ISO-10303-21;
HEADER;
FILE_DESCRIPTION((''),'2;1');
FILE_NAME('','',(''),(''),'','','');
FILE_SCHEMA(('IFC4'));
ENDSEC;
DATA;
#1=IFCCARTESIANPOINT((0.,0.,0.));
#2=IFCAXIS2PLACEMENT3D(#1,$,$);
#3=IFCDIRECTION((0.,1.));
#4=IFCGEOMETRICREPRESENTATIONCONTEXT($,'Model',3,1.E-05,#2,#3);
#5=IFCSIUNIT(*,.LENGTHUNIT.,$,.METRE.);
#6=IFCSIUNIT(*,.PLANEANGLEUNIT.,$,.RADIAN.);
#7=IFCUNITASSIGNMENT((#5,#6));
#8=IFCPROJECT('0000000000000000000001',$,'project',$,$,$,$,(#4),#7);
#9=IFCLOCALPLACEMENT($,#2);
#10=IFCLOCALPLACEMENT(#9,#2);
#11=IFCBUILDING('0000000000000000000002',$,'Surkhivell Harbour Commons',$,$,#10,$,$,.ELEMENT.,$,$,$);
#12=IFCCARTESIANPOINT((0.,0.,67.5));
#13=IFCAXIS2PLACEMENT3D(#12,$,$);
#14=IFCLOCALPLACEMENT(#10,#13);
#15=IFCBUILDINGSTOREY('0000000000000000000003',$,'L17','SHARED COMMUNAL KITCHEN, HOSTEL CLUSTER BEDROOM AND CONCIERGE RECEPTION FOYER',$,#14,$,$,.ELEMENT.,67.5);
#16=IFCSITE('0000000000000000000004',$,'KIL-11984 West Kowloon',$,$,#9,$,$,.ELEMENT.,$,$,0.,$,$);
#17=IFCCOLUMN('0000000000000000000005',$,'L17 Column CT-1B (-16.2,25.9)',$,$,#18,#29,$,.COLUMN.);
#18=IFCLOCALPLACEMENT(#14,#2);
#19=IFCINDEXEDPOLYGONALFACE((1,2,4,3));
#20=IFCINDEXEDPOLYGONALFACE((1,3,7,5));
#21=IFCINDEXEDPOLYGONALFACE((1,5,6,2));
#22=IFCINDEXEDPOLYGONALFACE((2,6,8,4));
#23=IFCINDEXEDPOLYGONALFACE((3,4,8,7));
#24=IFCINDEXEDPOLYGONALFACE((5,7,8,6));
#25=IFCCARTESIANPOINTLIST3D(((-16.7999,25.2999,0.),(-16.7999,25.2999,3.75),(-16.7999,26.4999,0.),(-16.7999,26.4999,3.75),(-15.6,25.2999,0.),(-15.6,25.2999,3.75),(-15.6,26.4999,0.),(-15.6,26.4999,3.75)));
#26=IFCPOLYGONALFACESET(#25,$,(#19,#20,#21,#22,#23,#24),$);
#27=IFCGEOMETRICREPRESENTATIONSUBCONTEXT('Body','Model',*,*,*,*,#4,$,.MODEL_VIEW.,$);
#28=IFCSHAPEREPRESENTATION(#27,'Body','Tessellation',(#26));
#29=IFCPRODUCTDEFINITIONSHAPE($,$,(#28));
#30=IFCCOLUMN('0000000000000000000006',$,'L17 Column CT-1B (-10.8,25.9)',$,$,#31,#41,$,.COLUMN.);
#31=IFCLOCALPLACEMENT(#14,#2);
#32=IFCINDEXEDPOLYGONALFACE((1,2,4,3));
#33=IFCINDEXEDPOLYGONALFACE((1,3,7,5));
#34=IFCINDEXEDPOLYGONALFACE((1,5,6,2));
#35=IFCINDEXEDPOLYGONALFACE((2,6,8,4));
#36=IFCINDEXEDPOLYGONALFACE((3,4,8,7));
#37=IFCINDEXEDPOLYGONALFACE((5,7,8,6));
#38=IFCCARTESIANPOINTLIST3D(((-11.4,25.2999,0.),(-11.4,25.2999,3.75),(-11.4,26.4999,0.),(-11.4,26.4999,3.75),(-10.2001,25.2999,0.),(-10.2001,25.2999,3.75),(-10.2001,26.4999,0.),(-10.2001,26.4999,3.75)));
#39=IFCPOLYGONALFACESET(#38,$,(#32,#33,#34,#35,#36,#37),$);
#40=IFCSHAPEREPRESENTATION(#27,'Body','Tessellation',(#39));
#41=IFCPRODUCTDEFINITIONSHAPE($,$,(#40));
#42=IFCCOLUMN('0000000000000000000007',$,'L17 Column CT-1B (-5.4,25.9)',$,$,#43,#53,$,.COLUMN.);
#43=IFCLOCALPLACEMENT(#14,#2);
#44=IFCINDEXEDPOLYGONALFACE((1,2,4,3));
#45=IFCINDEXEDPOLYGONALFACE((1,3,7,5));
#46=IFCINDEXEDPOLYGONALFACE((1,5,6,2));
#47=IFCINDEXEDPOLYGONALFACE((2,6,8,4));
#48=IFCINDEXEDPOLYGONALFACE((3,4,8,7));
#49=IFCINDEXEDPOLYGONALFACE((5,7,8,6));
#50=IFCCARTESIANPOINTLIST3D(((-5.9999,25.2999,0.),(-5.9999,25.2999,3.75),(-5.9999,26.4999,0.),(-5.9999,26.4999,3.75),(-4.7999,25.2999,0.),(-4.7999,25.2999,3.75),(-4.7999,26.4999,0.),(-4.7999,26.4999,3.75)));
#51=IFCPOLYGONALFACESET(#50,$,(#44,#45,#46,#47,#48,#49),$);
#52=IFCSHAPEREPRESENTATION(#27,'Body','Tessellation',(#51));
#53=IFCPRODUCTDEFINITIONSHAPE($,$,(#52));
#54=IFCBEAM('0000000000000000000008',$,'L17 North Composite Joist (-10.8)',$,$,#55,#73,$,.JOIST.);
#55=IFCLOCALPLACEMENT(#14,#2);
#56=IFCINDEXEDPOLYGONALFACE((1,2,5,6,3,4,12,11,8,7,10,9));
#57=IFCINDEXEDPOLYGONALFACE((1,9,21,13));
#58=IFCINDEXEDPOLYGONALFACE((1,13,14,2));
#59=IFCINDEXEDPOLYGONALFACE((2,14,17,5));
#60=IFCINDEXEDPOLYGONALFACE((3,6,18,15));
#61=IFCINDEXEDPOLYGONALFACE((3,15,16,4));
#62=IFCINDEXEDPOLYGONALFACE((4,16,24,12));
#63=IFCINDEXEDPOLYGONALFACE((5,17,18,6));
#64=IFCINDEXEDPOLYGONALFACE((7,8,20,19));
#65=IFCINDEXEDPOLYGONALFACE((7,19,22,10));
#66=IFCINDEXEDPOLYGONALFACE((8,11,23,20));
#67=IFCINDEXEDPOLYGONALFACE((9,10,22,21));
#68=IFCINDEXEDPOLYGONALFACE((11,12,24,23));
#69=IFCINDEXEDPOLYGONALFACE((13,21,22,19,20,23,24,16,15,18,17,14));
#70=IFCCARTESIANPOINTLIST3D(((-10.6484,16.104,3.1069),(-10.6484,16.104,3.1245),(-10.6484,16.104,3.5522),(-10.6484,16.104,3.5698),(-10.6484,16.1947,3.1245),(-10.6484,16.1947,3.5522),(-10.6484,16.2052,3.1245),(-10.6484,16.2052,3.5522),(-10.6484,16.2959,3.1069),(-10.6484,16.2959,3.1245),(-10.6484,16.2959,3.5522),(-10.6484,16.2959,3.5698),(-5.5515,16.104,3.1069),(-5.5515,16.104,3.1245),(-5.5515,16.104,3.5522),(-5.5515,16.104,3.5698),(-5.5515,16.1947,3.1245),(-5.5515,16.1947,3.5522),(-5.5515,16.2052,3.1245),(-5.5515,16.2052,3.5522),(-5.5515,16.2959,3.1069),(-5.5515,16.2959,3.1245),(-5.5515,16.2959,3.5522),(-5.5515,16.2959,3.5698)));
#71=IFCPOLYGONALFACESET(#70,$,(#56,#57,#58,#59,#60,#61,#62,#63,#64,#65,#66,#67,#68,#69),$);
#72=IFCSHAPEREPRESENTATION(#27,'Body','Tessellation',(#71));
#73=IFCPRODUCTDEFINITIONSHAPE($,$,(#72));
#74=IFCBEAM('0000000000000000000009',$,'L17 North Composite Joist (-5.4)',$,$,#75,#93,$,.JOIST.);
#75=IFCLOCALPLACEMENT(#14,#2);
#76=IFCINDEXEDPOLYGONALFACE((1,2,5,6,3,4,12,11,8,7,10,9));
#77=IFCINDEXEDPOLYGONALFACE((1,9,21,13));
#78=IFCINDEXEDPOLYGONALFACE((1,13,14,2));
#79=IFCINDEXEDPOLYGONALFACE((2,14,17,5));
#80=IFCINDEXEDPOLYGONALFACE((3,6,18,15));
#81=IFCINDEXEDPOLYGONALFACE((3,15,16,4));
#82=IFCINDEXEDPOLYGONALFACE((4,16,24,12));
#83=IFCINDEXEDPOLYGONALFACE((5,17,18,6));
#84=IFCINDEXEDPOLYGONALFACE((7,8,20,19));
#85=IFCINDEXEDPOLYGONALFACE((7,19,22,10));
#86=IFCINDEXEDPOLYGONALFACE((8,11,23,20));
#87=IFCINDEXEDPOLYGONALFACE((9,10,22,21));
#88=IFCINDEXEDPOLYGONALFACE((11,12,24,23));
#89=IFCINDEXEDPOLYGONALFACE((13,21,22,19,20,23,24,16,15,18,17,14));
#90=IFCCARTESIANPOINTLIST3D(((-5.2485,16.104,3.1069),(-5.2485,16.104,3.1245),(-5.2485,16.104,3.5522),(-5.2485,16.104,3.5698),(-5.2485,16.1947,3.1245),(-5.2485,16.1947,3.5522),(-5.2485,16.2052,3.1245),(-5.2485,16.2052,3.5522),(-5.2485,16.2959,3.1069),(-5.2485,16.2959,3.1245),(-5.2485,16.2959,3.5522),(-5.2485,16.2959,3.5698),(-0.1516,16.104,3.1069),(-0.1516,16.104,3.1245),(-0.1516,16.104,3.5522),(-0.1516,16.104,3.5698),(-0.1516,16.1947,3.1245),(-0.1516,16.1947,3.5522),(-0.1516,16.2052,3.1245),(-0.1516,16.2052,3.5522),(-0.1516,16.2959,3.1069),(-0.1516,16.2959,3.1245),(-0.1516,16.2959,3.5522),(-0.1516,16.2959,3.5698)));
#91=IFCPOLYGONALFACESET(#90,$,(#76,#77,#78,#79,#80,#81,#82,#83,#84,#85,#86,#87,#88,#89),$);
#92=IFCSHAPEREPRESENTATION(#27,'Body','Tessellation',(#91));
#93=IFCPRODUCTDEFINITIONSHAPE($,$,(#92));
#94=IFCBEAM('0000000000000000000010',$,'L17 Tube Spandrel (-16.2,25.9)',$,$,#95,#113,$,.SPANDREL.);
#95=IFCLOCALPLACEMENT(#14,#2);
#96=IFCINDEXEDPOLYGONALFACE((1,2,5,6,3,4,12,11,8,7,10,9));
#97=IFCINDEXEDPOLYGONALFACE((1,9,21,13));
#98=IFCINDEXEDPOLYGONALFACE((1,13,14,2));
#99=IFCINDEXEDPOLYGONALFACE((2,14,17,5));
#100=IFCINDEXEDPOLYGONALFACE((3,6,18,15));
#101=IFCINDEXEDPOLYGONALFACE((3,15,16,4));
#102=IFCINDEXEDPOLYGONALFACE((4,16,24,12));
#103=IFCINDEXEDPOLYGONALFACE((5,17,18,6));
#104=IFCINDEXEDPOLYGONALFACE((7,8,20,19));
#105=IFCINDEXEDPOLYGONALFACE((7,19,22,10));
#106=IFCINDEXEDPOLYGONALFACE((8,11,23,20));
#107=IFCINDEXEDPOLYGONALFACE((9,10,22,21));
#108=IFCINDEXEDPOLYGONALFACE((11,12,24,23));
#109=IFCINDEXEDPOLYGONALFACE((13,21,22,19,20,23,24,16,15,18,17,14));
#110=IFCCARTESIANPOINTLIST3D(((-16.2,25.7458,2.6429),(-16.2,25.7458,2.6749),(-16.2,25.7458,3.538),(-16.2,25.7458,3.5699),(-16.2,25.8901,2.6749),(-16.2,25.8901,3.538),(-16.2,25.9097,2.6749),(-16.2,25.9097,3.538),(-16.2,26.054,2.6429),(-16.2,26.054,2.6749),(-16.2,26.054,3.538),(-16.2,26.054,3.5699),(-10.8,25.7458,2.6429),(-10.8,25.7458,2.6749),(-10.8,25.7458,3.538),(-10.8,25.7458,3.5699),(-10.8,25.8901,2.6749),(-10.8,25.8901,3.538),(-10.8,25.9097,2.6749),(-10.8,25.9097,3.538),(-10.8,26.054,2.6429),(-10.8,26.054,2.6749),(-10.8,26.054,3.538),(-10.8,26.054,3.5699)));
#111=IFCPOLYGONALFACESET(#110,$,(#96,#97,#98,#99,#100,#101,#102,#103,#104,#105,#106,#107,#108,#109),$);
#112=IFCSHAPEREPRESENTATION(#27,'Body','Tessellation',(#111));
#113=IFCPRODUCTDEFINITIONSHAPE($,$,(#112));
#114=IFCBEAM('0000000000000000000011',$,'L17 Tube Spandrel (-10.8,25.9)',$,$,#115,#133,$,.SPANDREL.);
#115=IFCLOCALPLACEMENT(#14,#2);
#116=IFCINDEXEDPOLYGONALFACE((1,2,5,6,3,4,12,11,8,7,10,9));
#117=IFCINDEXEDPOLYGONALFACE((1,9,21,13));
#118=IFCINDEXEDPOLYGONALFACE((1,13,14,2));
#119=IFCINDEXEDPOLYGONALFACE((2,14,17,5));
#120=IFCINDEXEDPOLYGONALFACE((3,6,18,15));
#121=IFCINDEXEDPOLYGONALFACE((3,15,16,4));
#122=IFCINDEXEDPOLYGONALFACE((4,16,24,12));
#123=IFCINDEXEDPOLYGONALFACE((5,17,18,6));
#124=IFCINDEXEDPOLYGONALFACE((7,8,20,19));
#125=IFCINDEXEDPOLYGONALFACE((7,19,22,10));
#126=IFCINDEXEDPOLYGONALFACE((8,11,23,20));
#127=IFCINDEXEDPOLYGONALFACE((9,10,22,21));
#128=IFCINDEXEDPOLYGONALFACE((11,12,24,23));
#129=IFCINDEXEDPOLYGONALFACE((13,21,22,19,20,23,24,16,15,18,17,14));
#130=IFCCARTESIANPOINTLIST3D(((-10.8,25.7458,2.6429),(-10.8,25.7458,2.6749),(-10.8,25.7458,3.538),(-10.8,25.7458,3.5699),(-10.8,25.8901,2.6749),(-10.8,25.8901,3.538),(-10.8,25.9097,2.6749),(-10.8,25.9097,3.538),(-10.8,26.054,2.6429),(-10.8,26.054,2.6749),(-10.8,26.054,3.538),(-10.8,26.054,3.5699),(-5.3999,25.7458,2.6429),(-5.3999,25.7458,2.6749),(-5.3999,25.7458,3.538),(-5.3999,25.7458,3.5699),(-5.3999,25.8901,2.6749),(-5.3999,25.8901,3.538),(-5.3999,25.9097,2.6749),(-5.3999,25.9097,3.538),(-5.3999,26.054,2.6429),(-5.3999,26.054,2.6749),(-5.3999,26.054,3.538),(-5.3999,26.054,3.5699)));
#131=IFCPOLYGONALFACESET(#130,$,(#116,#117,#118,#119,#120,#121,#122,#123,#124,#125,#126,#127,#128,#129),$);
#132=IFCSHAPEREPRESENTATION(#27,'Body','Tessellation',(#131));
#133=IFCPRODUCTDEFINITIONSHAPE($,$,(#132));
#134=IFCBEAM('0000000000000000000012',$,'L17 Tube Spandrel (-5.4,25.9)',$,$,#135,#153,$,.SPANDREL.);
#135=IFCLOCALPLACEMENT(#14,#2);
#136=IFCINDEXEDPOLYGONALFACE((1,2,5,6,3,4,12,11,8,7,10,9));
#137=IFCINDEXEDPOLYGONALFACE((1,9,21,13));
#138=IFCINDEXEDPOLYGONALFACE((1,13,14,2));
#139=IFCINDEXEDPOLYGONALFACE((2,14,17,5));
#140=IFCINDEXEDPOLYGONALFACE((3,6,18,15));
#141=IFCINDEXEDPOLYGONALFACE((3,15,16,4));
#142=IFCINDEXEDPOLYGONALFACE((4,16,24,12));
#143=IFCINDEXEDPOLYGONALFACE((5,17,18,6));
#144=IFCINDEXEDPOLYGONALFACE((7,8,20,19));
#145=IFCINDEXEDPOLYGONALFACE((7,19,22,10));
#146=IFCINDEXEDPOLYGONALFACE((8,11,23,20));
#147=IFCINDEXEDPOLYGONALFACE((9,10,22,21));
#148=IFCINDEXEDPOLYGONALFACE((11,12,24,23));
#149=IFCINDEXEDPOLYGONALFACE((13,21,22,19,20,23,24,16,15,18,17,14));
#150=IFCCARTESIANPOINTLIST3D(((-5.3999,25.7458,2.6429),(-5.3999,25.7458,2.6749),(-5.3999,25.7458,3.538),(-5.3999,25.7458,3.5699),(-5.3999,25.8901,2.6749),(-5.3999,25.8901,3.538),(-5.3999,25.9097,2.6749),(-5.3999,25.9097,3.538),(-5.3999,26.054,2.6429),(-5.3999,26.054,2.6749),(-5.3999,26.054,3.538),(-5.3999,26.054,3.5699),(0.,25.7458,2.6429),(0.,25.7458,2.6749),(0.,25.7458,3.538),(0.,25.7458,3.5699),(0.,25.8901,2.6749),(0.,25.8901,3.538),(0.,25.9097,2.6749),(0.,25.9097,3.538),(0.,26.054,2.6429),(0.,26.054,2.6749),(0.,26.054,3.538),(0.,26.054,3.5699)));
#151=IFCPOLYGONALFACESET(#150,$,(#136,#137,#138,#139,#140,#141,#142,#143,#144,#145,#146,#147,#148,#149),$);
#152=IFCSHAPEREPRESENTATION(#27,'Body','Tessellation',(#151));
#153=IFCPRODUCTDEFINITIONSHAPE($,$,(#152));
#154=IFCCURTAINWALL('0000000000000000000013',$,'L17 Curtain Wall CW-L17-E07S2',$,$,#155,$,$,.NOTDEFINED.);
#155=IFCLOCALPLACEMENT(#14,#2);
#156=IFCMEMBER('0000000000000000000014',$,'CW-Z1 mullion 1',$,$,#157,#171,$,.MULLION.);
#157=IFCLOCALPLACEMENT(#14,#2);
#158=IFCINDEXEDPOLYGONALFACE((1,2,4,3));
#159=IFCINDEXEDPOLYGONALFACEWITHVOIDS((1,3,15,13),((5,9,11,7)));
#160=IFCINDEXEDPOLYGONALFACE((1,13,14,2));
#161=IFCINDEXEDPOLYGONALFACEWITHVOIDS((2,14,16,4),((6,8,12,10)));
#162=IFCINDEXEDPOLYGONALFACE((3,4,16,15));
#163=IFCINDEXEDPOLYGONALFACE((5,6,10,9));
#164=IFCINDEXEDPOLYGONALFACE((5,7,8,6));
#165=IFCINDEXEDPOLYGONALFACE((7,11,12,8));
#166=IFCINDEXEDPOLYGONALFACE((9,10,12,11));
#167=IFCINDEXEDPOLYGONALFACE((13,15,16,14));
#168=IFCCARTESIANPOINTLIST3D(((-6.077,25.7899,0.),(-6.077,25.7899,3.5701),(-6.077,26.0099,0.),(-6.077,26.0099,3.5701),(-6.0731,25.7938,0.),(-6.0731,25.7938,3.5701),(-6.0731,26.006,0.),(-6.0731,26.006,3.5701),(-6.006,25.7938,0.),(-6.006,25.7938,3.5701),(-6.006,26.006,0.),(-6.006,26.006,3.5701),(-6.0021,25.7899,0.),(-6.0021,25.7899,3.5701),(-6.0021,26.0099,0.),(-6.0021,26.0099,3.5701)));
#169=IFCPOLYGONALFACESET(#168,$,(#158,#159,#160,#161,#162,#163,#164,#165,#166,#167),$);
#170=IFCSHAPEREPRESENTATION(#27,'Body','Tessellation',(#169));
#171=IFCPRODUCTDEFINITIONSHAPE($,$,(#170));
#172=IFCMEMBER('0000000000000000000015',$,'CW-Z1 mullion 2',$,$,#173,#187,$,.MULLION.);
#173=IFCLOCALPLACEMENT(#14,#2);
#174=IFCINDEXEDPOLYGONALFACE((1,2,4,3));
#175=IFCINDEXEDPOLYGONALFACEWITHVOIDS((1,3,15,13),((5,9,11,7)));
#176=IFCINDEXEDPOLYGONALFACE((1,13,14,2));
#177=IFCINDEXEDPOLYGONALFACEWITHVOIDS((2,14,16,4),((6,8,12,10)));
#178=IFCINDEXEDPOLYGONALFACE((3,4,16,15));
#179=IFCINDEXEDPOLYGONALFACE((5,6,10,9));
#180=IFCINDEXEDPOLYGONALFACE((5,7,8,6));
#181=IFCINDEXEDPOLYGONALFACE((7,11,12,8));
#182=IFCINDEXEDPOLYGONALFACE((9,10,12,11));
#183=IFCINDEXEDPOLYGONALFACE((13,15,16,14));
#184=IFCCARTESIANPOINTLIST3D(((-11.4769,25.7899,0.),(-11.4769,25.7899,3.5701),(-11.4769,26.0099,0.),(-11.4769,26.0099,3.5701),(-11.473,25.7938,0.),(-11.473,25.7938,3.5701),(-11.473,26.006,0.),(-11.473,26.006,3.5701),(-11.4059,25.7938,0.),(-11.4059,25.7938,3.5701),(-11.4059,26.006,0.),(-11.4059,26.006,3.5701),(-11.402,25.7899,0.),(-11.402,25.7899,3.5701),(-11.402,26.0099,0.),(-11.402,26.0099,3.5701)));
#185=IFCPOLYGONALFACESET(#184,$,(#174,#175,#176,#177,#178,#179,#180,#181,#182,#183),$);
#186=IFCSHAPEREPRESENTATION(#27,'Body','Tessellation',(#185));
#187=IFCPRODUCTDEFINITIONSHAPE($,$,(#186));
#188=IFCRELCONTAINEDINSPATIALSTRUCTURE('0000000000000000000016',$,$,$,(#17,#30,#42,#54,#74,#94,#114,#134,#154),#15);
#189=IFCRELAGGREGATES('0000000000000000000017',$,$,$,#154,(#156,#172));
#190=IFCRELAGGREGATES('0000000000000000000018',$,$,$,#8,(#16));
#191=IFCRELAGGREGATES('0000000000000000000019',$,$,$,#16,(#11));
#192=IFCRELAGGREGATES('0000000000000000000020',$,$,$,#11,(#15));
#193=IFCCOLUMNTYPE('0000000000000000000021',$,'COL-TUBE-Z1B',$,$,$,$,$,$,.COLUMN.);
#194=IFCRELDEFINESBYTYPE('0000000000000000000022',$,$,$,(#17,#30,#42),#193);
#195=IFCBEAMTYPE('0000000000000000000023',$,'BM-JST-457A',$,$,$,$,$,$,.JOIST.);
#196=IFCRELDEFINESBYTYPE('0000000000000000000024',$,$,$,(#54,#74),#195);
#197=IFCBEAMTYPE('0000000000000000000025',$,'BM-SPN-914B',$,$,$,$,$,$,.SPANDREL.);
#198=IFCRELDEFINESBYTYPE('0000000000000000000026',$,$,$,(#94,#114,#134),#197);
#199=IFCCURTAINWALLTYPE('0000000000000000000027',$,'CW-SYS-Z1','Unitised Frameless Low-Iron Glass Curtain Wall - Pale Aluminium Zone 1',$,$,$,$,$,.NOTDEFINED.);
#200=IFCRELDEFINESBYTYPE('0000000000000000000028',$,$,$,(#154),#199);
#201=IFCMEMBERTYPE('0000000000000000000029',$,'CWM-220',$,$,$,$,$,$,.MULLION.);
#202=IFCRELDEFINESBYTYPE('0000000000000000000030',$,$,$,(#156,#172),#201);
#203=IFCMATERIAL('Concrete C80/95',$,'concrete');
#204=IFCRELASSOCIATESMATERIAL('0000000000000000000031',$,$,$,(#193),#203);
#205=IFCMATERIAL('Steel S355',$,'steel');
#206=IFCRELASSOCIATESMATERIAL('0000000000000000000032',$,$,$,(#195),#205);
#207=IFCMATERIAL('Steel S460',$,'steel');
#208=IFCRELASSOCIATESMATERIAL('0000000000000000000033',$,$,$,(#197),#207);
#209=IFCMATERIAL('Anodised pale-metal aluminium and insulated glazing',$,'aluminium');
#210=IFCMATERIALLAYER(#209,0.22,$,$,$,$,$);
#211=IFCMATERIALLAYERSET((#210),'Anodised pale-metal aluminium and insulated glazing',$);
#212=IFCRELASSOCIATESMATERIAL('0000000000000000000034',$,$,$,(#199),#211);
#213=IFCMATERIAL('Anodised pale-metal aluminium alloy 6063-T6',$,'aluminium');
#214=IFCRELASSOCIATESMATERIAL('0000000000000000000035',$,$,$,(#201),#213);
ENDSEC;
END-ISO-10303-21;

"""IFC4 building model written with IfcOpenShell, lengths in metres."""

from ifc_helpers import new_model, si_unit, direction, frame, origin, origin_2d, place, context, subcontext, project, spatial, rectangle, hollow_rectangle, i_section, extrude, material, layer, layer_set, material_profile, profile_set, type_object, element, aggregate, save


model = new_model("IFC4")

# Units and contexts
model_context = context("Model", 3, precision=1e-05, world=origin(), true_north=direction((0.0, 1.0)))
body_context = subcontext(model_context, "Body", "Model", "MODEL_VIEW")
ifc_project = project(units=[si_unit("LENGTHUNIT", "METRE"), si_unit("PLANEANGLEUNIT", "RADIAN")], contexts=[model_context])

# Site, building, storey
site_placement = place(None, origin())
site = spatial("IfcSite", under=ifc_project, at=site_placement, Name="KIL-11984 West Kowloon", CompositionType="ELEMENT", RefElevation=0.0)
building_placement = place(site_placement, origin())
building = spatial("IfcBuilding", under=site, at=building_placement, Name="Surkhivell Harbour Commons", CompositionType="ELEMENT")
storey_placement = place(building_placement, frame((0.0, 0.0, 67.5)))
storey = spatial("IfcBuildingStorey", under=building, at=storey_placement, Name="L17", Description="SHARED COMMUNAL KITCHEN, HOSTEL CLUSTER BEDROOM AND CONCIERGE RECEPTION FOYER", CompositionType="ELEMENT", Elevation=67.5)

# Columns
ifc_material_1 = material(Name="Concrete C80/95", Category="concrete")
ifc_material_profile_1 = material_profile(ifc_material_1, rectangle(XDim=1.2, YDim=1.2, at=origin_2d()), Name="RC-COL-1200x1200")
ifc_profile_set_1 = profile_set([ifc_material_profile_1], Name="Concrete C80/95")
column_type = type_object("IfcColumnType", Name="COL-TUBE-Z1B", PredefinedType="COLUMN", material=ifc_profile_set_1)
for number, where, z_axis, x_axis, name in (
    (1, (-16.2, 25.8999, 0.0), (0.0, 0.0, 1.0), (1.0, 0.0, 0.0), "L17 Column CT-1B (-16.2,25.9)"),
    (2, (-10.8, 25.8999, 0.0), (0.0, 0.0, 1.0), (1.0, 0.0, 0.0), "L17 Column CT-1B (-10.8,25.9)"),
    (3, (-5.3999, 25.8999, 0.0), (0.0, 0.0, 1.0), (1.0, 0.0, 0.0), "L17 Column CT-1B (-5.4,25.9)"),
):
    element("IfcColumn", number, at=place(storey_placement, frame(where, z_axis=z_axis, x_axis=x_axis)), inside=storey, type_object=column_type, Name=name, PredefinedType="COLUMN", context=body_context, shape_type="SweptSolid", body=[
        extrude(rectangle(XDim=1.2, YDim=1.2, at=origin_2d()), origin(), (0.0, 0.0, 1.0), 3.75),
    ])

# Beams
ifc_material_2 = material(Name="Steel S355", Category="steel")
ifc_material_profile_2 = material_profile(ifc_material_2, i_section(OverallWidth=0.1919, OverallDepth=0.4629, WebThickness=0.0105, FlangeThickness=0.0176, at=origin_2d()), Name="UB457x191x89")
ifc_profile_set_2 = profile_set([ifc_material_profile_2], Name="Steel S355")
beam_type_1 = type_object("IfcBeamType", Name="BM-JST-457A", PredefinedType="JOIST", material=ifc_profile_set_2)
for number, where, z_axis, x_axis, name in (
    (4, (-10.6484, 16.2, 3.3384), (1.0, 0.0, 0.0), (0.0, 1.0, 0.0), "L17 North Composite Joist (-10.8)"),
    (5, (-5.2485, 16.2, 3.3384), (1.0, 0.0, 0.0), (0.0, 1.0, 0.0), "L17 North Composite Joist (-5.4)"),
):
    element("IfcBeam", number, at=place(storey_placement, frame(where, z_axis=z_axis, x_axis=x_axis)), inside=storey, type_object=beam_type_1, Name=name, PredefinedType="JOIST", context=body_context, shape_type="SweptSolid", body=[
        extrude(i_section(OverallWidth=0.1919, OverallDepth=0.4629, WebThickness=0.0105, FlangeThickness=0.0176, at=origin_2d()), origin(), (0.0, 0.0, 1.0), 5.0969),
    ])
ifc_material_3 = material(Name="Steel S460", Category="steel")
ifc_material_profile_3 = material_profile(ifc_material_3, i_section(OverallWidth=0.3081, OverallDepth=0.927, WebThickness=0.0195, FlangeThickness=0.032, at=origin_2d()), Name="UB914x305x289")
ifc_profile_set_3 = profile_set([ifc_material_profile_3], Name="Steel S460")
beam_type_2 = type_object("IfcBeamType", Name="BM-SPN-914B", PredefinedType="SPANDREL", material=ifc_profile_set_3)
beam_1_placement = place(storey_placement, frame((-16.2, 25.8999, 3.1064), z_axis=(1.0, 0.0, 0.0), x_axis=(0.0, 1.0, 0.0)))
element("IfcBeam", 6, at=beam_1_placement, inside=storey, type_object=beam_type_2, Name="L17 Tube Spandrel (-16.2,25.9)", PredefinedType="SPANDREL", context=body_context, shape_type="SweptSolid", body=[
    extrude(i_section(OverallWidth=0.3081, OverallDepth=0.927, WebThickness=0.0195, FlangeThickness=0.032, at=origin_2d()), origin(), (0.0, 0.0, 1.0), 5.3999),
])
beam_2_placement = place(storey_placement, frame((-10.8, 25.8999, 3.1064), z_axis=(1.0, 0.0, 0.0), x_axis=(0.0, 1.0, 0.0)))
element("IfcBeam", 7, at=beam_2_placement, inside=storey, type_object=beam_type_2, Name="L17 Tube Spandrel (-10.8,25.9)", PredefinedType="SPANDREL", context=body_context, shape_type="SweptSolid", body=[
    extrude(i_section(OverallWidth=0.3081, OverallDepth=0.927, WebThickness=0.0195, FlangeThickness=0.032, at=origin_2d()), origin(), (0.0, 0.0, 1.0), 5.4001),
])
beam_3_placement = place(storey_placement, frame((-5.3999, 25.8999, 3.1064), z_axis=(1.0, 0.0, 0.0), x_axis=(0.0, 1.0, 0.0)))
element("IfcBeam", 8, at=beam_3_placement, inside=storey, type_object=beam_type_2, Name="L17 Tube Spandrel (-5.4,25.9)", PredefinedType="SPANDREL", context=body_context, shape_type="SweptSolid", body=[
    extrude(i_section(OverallWidth=0.3081, OverallDepth=0.927, WebThickness=0.0195, FlangeThickness=0.032, at=origin_2d()), origin(), (0.0, 0.0, 1.0), 5.3999),
])

# Curtain wall, members
ifc_material_4 = material(Name="Anodised pale-metal aluminium and insulated glazing", Category="aluminium")
ifc_layer_1 = layer(ifc_material_4, 0.22)
ifc_layer_set_1 = layer_set([ifc_layer_1], Name="Anodised pale-metal aluminium and insulated glazing")
curtain_wall_type = type_object("IfcCurtainWallType", Name="CW-SYS-Z1", Description="Unitised Frameless Low-Iron Glass Curtain Wall - Pale Aluminium Zone 1", PredefinedType="NOTDEFINED", material=ifc_layer_set_1)
curtain_wall_placement = place(storey_placement, origin())
curtain_wall = element("IfcCurtainWall", 9, at=curtain_wall_placement, inside=storey, type_object=curtain_wall_type, Name="L17 Curtain Wall CW-L17-E07S2", PredefinedType="NOTDEFINED")
ifc_material_5 = material(Name="Anodised pale-metal aluminium alloy 6063-T6", Category="aluminium")
ifc_material_profile_4 = material_profile(ifc_material_5, hollow_rectangle(XDim=0.075, YDim=0.22, WallThickness=0.0039, at=origin_2d()), Name="ALU-MULL-75x220")
ifc_profile_set_4 = profile_set([ifc_material_profile_4], Name="Anodised pale-metal aluminium alloy 6063-T6")
member_type_1 = type_object("IfcMemberType", Name="CWM-220", PredefinedType="MULLION", material=ifc_profile_set_4)
member_1_placement = place(storey_placement, frame((-6.0396, 25.8999, 0.0), z_axis=(0.0, 0.0, 1.0), x_axis=(-1.0, 0.0, 0.0)))
member_1 = element("IfcMember", 10, at=member_1_placement, type_object=member_type_1, Name="CW-Z1 mullion 1", PredefinedType="MULLION", context=body_context, shape_type="SweptSolid", body=[
    extrude(hollow_rectangle(XDim=0.075, YDim=0.22, WallThickness=0.0039, at=origin_2d()), origin(), (0.0, 0.0, 1.0), 3.5701),
])
member_2_placement = place(storey_placement, frame((-11.4395, 25.8999, 0.0), z_axis=(0.0, 0.0, 1.0), x_axis=(-1.0, 0.0, 0.0)))
member_2 = element("IfcMember", 11, at=member_2_placement, type_object=member_type_1, Name="CW-Z1 mullion 2", PredefinedType="MULLION", context=body_context, shape_type="SweptSolid", body=[
    extrude(hollow_rectangle(XDim=0.075, YDim=0.22, WallThickness=0.0039, at=origin_2d()), origin(), (0.0, 0.0, 1.0), 3.5701),
])

aggregate(curtain_wall, [member_1, member_2])

save(model, "model.ifc")
